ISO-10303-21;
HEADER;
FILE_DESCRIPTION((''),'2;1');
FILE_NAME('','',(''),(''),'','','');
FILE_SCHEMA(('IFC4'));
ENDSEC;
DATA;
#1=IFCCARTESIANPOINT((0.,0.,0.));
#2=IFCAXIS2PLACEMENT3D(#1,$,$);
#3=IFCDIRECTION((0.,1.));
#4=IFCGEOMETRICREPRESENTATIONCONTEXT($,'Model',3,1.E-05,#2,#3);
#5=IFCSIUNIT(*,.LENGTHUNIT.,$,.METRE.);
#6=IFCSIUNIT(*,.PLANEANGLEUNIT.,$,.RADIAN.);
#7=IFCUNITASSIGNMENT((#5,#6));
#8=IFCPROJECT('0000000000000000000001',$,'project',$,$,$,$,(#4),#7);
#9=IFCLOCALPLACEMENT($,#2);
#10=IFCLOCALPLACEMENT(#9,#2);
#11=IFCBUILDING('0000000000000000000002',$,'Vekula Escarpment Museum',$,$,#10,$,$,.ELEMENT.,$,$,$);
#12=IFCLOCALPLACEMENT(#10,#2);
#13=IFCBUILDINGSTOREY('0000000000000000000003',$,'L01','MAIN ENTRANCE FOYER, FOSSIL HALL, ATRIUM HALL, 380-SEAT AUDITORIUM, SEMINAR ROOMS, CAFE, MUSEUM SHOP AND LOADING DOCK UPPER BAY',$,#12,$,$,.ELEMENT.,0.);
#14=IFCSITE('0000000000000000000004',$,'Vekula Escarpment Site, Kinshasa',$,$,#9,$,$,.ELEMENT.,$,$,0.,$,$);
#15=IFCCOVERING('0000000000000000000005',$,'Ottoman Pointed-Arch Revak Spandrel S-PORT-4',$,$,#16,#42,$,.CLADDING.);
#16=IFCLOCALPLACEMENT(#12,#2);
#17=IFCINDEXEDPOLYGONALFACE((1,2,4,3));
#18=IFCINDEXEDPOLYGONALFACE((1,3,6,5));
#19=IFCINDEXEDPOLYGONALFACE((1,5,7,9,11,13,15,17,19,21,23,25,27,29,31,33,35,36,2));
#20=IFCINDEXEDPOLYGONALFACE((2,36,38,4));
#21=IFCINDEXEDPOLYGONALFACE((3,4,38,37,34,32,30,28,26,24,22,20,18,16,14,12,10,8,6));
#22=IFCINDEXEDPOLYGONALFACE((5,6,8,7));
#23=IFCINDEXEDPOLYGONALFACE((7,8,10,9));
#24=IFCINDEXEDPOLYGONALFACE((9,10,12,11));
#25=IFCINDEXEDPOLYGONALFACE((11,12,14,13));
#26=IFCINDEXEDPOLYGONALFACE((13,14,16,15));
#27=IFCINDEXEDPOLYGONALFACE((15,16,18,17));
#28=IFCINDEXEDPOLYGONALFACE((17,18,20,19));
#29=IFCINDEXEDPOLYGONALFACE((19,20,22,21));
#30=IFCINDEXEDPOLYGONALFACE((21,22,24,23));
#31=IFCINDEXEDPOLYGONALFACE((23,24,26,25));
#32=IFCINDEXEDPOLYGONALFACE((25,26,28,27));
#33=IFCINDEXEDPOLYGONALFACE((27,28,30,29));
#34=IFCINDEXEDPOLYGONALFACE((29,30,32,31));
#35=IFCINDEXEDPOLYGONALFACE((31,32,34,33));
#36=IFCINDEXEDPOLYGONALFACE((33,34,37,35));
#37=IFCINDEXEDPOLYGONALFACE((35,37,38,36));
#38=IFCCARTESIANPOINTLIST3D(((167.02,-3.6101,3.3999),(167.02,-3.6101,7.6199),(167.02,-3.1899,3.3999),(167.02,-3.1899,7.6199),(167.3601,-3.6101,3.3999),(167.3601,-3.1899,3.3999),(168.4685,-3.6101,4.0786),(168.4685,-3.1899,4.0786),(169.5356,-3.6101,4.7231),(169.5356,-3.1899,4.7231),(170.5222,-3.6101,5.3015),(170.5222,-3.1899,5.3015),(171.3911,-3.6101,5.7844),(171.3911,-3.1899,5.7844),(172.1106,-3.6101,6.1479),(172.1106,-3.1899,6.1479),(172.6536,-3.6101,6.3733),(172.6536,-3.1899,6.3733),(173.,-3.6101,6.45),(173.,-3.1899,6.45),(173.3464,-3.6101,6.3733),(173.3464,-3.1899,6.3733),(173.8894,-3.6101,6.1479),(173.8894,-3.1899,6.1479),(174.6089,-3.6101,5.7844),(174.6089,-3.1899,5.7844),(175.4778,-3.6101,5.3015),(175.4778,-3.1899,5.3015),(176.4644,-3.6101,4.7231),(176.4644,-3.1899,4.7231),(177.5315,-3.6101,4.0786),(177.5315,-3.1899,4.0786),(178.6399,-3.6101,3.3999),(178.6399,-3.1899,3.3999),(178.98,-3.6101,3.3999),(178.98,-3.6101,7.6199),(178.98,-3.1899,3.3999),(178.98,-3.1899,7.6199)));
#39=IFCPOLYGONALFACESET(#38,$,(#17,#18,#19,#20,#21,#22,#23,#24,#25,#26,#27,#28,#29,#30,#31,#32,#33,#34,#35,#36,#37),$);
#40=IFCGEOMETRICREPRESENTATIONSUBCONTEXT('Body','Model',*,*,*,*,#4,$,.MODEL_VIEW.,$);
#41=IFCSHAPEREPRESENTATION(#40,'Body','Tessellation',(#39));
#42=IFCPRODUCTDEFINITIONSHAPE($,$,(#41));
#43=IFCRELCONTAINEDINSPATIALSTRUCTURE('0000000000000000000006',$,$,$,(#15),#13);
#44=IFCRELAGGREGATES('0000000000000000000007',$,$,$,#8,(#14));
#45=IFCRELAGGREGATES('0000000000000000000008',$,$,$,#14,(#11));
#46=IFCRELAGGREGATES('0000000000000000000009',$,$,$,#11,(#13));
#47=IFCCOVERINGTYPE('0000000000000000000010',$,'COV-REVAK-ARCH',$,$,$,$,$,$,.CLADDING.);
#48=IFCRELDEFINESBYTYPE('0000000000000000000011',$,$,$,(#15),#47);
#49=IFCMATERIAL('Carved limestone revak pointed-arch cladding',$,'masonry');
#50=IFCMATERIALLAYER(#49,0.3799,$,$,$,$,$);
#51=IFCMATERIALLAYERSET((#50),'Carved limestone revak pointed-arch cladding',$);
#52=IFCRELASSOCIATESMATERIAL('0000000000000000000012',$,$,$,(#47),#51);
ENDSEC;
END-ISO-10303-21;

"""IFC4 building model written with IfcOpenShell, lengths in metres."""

from ifc_helpers import new_model, si_unit, direction, frame, origin, place, context, subcontext, project, spatial, polyline, outline, extrude, material, layer, layer_set, type_object, element, save


model = new_model("IFC4")

# Units and contexts
model_context = context("Model", 3, precision=1e-05, world=origin(), true_north=direction((0.0, 1.0)))
body_context = subcontext(model_context, "Body", "Model", "MODEL_VIEW")
ifc_project = project(units=[si_unit("LENGTHUNIT", "METRE"), si_unit("PLANEANGLEUNIT", "RADIAN")], contexts=[model_context])

# Site, building, storey
site_placement = place(None, origin())
site = spatial("IfcSite", under=ifc_project, at=site_placement, Name="Vekula Escarpment Site, Kinshasa", CompositionType="ELEMENT", RefElevation=0.0)
building_placement = place(site_placement, origin())
building = spatial("IfcBuilding", under=site, at=building_placement, Name="Vekula Escarpment Museum", CompositionType="ELEMENT")
storey_placement = place(building_placement, origin())
storey = spatial("IfcBuildingStorey", under=building, at=storey_placement, Name="L01", Description="MAIN ENTRANCE FOYER, FOSSIL HALL, ATRIUM HALL, 380-SEAT AUDITORIUM, SEMINAR ROOMS, CAFE, MUSEUM SHOP AND LOADING DOCK UPPER BAY", CompositionType="ELEMENT", Elevation=0.0)

# Covering
ifc_material_1 = material(Name="Carved limestone revak pointed-arch cladding", Category="masonry")
ifc_layer_1 = layer(ifc_material_1, 0.3799)
ifc_layer_set_1 = layer_set([ifc_layer_1], Name="Carved limestone revak pointed-arch cladding")
covering_type = type_object("IfcCoveringType", Name="COV-REVAK-ARCH", PredefinedType="CLADDING", material=ifc_layer_set_1)
for number, where, z_axis, x_axis, name in (
    (1, (173.0, -3.1899, 3.3999), (0.0, -1.0, 0.0), (1.0, 0.0, 0.0), "Ottoman Pointed-Arch Revak Spandrel S-PORT-4"),
):
    element("IfcCovering", number, at=place(storey_placement, frame(where, z_axis=z_axis, x_axis=x_axis)), inside=storey, type_object=covering_type, Name=name, PredefinedType="CLADDING", context=body_context, shape_type="SweptSolid", body=[
        extrude(outline(polyline([(-5.98, 4.22), (5.98, 4.22), (5.98, 0.0), (5.6399, 0.0), (4.5315, 0.6787), (3.4644, 1.3232), (2.4778, 1.9016), (1.6089, 2.3845), (0.8894, 2.748), (0.3464, 2.9734), (0.0, 3.05), (-0.3464, 2.9734), (-0.8894, 2.748), (-1.6089, 2.3845), (-2.4778, 1.9016), (-3.4644, 1.3232), (-4.5315, 0.6787), (-5.6399, 0.0), (-5.98, 0.0), (-5.98, 4.22)])), origin(), (0.0, 0.0, 1.0), 0.4202),
    ])

save(model, "model.ifc")
